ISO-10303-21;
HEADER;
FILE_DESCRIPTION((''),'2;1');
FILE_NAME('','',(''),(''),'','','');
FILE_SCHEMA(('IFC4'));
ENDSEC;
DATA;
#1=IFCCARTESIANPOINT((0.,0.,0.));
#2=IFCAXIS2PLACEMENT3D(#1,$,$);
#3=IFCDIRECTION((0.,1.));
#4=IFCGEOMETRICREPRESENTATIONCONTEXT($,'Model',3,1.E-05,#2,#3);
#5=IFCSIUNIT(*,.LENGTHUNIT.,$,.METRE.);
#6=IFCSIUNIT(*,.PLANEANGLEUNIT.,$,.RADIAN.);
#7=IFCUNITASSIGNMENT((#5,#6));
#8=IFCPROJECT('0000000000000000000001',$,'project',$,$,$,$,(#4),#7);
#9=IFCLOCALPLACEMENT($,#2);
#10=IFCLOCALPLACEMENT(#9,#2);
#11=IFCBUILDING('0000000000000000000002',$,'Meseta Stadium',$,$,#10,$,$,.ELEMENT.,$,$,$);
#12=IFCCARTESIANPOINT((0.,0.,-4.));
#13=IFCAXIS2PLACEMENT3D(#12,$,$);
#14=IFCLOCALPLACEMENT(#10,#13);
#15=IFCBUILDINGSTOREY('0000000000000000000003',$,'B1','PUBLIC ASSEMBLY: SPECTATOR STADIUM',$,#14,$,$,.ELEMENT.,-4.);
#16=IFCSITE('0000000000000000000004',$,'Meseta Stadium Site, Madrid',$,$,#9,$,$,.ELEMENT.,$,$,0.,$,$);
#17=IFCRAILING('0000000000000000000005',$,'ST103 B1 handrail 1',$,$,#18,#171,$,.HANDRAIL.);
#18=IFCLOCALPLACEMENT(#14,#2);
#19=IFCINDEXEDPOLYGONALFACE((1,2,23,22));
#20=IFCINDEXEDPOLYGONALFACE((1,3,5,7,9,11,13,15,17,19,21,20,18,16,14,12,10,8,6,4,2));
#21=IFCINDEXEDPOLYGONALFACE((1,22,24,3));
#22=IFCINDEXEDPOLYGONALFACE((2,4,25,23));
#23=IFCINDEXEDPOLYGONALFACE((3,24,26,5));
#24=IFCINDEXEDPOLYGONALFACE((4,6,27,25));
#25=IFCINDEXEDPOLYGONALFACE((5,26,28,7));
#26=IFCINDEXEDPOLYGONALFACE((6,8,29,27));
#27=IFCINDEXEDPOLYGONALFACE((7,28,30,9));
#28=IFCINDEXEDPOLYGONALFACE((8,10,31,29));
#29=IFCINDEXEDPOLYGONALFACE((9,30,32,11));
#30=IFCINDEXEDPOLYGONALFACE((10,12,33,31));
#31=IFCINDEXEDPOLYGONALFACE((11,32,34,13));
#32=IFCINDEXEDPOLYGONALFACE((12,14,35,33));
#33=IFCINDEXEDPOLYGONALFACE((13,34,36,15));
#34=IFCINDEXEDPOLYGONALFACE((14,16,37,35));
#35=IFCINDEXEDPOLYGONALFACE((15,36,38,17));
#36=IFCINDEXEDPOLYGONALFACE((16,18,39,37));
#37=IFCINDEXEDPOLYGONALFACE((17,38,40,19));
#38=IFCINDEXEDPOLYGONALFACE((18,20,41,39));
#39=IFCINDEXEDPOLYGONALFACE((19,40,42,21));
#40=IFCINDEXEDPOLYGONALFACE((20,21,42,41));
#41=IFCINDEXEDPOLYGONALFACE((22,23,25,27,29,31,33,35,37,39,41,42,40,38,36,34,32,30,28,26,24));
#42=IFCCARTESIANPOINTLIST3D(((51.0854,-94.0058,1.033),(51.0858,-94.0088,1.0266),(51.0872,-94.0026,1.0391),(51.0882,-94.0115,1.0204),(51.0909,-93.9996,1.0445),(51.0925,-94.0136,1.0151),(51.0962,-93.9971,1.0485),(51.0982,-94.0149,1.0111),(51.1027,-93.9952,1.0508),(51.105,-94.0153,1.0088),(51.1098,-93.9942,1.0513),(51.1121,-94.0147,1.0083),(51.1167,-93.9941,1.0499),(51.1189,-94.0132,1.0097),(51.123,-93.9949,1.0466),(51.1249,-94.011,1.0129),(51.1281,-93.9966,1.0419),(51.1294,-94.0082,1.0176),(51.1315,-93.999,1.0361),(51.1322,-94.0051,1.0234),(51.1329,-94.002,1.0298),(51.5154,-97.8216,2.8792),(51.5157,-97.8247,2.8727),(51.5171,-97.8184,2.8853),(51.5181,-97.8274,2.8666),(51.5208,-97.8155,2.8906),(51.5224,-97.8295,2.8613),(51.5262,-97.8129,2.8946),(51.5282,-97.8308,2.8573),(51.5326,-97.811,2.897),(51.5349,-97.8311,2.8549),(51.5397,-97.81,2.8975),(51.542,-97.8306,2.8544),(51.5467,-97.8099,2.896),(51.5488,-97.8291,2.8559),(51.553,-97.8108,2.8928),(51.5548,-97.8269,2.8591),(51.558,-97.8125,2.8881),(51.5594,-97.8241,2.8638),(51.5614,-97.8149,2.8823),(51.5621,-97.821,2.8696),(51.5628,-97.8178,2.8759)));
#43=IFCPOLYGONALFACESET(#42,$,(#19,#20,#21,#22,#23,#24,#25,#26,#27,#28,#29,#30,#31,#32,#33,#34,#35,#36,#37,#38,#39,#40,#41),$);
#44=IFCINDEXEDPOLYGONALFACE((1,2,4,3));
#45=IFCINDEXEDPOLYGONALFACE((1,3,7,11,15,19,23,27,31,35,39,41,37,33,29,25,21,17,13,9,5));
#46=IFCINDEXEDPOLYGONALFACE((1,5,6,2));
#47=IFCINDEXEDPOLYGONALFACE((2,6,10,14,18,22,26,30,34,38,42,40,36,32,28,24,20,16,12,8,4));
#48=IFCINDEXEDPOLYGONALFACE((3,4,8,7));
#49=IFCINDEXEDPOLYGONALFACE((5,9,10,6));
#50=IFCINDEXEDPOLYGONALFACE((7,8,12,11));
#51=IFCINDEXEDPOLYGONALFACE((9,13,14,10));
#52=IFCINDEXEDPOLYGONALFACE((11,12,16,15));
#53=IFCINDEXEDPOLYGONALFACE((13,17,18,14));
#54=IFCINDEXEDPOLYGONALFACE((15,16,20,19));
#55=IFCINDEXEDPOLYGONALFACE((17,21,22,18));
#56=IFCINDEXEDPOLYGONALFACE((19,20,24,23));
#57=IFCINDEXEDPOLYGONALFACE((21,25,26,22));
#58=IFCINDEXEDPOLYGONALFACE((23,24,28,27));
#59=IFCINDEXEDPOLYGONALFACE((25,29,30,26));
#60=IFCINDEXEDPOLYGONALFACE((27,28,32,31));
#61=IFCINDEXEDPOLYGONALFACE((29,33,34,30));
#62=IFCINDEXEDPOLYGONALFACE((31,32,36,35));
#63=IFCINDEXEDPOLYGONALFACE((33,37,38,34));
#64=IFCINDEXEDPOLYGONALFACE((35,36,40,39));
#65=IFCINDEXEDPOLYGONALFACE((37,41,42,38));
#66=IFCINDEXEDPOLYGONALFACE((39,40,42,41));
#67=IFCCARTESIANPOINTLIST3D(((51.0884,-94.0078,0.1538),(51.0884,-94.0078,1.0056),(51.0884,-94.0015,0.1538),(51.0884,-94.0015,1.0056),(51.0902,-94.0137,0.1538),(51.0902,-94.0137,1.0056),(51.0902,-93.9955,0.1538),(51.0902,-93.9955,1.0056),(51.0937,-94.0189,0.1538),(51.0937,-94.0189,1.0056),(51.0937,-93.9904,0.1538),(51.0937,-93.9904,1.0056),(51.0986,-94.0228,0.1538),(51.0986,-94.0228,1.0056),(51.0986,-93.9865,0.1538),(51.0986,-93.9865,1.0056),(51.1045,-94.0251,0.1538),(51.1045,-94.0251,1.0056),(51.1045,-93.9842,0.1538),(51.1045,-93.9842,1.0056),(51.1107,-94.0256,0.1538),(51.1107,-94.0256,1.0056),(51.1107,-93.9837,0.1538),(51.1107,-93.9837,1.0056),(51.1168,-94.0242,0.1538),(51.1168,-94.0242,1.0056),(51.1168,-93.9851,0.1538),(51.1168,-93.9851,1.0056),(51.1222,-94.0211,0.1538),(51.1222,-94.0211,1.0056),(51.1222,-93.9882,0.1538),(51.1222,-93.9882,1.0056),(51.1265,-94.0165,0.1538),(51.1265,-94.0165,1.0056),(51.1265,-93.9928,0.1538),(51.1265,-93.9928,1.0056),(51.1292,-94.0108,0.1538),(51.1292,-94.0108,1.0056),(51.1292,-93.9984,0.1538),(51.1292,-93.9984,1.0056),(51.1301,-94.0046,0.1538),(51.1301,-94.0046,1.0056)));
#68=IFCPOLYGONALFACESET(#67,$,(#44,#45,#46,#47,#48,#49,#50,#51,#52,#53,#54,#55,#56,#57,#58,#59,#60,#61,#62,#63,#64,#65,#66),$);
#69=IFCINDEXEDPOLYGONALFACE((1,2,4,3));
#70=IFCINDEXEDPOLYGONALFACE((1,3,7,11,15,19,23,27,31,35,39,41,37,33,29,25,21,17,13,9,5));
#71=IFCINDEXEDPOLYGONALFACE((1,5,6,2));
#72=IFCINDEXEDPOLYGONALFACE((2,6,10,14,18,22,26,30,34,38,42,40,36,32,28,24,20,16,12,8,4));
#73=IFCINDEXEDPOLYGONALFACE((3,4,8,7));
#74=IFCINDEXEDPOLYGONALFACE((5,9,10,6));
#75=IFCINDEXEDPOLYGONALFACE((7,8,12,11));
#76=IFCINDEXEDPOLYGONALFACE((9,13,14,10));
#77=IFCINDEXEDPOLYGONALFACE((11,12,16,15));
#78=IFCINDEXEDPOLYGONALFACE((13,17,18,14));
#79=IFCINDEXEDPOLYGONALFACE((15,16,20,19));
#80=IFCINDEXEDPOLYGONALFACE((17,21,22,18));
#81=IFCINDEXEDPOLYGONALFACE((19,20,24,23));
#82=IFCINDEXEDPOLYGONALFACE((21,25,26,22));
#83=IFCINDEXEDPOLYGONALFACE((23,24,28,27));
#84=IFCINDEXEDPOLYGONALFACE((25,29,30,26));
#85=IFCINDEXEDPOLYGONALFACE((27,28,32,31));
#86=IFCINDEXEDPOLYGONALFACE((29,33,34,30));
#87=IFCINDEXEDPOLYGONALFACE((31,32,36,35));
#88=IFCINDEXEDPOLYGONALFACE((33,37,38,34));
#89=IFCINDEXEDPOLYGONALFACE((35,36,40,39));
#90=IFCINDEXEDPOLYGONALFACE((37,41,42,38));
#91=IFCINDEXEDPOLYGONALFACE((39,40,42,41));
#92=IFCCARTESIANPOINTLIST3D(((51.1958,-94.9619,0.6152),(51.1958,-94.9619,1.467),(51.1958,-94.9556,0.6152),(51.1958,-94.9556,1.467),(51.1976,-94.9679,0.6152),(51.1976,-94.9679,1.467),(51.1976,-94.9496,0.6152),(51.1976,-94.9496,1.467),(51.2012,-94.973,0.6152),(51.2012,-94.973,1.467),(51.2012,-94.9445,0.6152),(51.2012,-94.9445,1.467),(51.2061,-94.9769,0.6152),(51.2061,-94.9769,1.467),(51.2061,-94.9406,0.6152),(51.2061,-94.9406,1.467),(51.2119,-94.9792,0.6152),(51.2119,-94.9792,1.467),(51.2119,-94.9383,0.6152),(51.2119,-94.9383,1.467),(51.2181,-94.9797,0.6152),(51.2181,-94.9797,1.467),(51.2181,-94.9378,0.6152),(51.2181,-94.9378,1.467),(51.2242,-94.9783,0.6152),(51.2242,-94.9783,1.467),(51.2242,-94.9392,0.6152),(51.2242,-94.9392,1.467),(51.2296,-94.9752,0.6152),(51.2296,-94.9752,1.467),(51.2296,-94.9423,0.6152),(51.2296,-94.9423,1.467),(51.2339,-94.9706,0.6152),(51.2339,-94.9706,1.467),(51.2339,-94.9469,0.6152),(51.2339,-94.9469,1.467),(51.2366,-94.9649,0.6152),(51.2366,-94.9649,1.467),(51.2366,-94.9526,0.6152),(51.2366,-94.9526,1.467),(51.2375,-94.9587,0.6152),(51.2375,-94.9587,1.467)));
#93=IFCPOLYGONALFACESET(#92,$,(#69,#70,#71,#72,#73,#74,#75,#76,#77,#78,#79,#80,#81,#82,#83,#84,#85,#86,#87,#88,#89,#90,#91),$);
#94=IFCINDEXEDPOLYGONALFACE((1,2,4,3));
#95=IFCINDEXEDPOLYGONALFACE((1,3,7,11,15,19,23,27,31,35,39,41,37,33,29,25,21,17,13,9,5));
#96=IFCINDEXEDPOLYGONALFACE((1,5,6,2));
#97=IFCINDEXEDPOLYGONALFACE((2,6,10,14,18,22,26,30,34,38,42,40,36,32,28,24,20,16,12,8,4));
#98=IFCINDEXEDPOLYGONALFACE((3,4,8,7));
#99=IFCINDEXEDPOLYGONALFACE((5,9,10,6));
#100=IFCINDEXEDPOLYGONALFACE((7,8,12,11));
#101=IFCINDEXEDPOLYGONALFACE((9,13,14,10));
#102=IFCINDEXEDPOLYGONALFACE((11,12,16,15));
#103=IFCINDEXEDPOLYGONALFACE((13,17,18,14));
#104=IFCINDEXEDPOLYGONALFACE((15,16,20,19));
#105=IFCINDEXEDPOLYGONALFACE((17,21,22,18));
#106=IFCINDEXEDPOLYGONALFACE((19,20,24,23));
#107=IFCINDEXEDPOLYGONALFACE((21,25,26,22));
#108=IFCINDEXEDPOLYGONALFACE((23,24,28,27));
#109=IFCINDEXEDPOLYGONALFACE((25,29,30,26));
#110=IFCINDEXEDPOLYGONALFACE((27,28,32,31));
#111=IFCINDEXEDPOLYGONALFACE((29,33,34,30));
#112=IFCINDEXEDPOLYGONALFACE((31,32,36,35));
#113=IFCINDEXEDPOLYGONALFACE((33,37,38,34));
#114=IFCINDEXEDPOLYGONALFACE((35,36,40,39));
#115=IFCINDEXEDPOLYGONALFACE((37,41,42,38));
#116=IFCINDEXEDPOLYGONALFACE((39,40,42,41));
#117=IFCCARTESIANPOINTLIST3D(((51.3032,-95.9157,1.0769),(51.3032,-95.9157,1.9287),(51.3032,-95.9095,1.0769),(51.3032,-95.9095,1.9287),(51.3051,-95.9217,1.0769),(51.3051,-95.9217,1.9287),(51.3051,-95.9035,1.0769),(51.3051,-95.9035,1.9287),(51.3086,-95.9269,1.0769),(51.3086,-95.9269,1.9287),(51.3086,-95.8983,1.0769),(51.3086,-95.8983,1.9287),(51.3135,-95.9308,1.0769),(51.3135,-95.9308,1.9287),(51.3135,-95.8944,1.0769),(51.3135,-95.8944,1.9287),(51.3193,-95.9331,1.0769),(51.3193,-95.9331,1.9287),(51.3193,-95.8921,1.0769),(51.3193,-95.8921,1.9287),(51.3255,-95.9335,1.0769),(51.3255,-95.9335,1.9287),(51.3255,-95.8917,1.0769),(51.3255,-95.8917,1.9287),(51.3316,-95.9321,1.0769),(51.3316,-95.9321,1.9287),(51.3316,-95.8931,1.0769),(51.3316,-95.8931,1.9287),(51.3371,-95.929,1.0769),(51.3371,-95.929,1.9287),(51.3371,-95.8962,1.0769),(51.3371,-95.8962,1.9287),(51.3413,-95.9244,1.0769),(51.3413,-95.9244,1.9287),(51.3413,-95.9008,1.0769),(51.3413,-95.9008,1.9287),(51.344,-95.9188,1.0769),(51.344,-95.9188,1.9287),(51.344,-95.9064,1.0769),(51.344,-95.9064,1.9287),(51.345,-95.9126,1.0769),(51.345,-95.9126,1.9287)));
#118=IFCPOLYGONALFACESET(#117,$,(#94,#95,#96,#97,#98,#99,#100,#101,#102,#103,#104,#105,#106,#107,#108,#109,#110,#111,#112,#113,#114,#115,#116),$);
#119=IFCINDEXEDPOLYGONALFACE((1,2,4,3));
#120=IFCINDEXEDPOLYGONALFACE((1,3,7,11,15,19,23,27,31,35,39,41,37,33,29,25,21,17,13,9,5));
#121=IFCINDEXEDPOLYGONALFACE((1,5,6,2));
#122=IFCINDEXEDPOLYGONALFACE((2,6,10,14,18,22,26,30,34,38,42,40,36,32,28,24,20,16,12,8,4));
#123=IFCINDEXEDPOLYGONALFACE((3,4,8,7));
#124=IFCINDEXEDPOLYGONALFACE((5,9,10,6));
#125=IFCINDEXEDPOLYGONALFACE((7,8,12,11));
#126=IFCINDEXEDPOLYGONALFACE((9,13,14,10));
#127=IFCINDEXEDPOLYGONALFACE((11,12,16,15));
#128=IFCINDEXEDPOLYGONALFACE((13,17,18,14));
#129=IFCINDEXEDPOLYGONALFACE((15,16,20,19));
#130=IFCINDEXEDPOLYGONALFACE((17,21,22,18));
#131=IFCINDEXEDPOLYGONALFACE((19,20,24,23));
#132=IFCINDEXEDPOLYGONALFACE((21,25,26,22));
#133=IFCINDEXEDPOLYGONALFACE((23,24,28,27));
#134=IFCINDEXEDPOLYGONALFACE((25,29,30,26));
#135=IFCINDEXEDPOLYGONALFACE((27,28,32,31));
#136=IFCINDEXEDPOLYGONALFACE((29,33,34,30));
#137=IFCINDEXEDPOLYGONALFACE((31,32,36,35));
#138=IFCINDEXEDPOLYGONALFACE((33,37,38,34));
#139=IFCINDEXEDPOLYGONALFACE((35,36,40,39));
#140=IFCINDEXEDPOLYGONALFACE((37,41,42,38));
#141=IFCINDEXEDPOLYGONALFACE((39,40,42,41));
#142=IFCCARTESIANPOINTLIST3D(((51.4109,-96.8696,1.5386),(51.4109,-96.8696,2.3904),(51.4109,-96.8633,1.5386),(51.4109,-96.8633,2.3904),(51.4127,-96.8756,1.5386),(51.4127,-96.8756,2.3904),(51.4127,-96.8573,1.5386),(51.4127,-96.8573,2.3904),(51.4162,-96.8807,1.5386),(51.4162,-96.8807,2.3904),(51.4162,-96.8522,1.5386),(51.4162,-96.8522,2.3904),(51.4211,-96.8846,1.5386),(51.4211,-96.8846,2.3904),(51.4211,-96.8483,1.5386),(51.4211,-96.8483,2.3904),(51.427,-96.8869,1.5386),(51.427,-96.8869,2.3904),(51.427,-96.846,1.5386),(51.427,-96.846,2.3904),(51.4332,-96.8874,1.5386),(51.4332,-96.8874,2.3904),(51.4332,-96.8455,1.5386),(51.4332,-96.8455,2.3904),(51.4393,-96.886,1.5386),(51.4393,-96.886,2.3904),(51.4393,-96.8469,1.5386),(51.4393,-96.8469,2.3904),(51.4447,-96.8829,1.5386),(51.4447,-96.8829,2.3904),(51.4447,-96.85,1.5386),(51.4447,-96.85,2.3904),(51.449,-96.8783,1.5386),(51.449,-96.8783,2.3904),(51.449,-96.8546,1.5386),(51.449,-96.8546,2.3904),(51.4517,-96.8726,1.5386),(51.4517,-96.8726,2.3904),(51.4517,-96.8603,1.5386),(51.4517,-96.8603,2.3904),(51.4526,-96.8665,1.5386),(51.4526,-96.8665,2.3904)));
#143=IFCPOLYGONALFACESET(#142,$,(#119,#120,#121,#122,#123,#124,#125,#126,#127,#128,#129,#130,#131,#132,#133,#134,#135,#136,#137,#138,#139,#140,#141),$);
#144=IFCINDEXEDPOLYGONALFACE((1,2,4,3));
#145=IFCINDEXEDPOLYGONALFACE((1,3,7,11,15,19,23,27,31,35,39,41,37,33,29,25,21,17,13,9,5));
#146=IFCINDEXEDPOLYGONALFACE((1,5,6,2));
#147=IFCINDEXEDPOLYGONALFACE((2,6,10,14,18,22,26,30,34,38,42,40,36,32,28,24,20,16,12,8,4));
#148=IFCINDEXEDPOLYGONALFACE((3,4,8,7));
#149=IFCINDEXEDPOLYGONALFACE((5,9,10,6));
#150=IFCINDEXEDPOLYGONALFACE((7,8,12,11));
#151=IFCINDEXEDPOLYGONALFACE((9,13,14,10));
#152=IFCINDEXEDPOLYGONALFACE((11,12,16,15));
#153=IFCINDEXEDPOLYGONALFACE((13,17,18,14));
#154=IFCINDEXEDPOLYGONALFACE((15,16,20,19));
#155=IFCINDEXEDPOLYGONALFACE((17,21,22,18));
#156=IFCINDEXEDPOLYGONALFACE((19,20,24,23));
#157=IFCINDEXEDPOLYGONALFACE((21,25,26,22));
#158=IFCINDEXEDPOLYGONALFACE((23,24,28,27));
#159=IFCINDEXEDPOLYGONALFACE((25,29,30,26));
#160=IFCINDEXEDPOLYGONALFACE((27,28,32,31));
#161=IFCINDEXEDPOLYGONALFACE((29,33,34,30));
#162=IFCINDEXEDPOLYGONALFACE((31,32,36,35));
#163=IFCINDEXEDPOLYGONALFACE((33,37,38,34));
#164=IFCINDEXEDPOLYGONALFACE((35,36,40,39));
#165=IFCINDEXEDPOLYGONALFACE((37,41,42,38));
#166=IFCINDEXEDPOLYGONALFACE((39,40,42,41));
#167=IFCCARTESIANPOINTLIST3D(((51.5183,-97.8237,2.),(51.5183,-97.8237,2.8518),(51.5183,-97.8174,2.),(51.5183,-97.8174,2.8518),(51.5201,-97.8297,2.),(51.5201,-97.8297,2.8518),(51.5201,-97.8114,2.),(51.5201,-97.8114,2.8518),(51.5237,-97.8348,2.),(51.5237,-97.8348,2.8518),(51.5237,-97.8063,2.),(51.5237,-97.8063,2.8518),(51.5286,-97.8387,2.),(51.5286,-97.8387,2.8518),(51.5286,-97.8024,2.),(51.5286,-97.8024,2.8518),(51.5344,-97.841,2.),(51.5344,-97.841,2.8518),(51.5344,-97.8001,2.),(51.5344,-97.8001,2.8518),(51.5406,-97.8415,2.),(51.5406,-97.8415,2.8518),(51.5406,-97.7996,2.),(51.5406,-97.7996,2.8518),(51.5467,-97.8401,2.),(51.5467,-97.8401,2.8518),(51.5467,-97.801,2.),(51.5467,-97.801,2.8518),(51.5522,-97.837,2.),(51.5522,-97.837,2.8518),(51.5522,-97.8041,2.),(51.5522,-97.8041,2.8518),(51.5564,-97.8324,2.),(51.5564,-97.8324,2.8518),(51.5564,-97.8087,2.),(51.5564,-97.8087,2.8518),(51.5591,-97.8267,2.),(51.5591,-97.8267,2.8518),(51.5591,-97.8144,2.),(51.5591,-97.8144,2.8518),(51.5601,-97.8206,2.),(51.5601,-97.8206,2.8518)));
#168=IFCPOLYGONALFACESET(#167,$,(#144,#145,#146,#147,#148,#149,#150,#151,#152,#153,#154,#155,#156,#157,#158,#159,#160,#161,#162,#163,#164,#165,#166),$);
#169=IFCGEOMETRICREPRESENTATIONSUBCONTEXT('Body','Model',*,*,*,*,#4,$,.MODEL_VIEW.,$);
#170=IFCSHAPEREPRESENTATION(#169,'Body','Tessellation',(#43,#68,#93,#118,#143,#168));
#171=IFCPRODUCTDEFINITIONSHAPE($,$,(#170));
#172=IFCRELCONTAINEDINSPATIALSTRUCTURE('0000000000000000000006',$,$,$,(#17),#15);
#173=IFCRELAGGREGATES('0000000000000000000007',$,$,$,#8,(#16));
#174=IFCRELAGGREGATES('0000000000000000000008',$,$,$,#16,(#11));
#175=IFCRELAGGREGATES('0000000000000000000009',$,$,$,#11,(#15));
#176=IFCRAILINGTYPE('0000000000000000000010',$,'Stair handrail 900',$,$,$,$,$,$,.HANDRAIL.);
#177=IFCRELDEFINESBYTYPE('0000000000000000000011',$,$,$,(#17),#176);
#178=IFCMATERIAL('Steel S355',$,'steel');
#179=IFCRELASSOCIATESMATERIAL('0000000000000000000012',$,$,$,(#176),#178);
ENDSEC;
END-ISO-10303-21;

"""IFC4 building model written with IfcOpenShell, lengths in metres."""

from ifc_helpers import new_model, si_unit, direction, frame, origin, origin_2d, place, context, subcontext, project, spatial, circle, extrude, material, type_object, element, save


model = new_model("IFC4")

# Units and contexts
model_context = context("Model", 3, precision=1e-05, world=origin(), true_north=direction((0.0, 1.0)))
body_context = subcontext(model_context, "Body", "Model", "MODEL_VIEW")
ifc_project = project(units=[si_unit("LENGTHUNIT", "METRE"), si_unit("PLANEANGLEUNIT", "RADIAN")], contexts=[model_context])

# Site, building, storey
site_placement = place(None, origin())
site = spatial("IfcSite", under=ifc_project, at=site_placement, Name="Meseta Stadium Site, Madrid", CompositionType="ELEMENT", RefElevation=0.0)
building_placement = place(site_placement, origin())
building = spatial("IfcBuilding", under=site, at=building_placement, Name="Meseta Stadium", CompositionType="ELEMENT")
storey_placement = place(building_placement, frame((0.0, 0.0, -4.0)))
storey = spatial("IfcBuildingStorey", under=building, at=storey_placement, Name="B1", Description="PUBLIC ASSEMBLY: SPECTATOR STADIUM", CompositionType="ELEMENT", Elevation=-4.0)

# Railing
ifc_material_1 = material(Name="Steel S355", Category="steel")
railing_type_1 = type_object("IfcRailingType", Name="Stair handrail 900", PredefinedType="HANDRAIL", material=ifc_material_1)
railing_1_placement = place(storey_placement, frame((51.1091, -94.0046, 0.1538)))
element("IfcRailing", 1, at=railing_1_placement, inside=storey, type_object=railing_type_1, Name="ST103 B1 handrail 1", PredefinedType="HANDRAIL", context=body_context, shape_type="SweptSolid", body=[
    extrude(circle(Radius=0.0239, at=origin_2d()), frame((0.0, 0.0, 0.876), z_axis=(0.100904, -0.895585, 0.433296), x_axis=(0.993713, 0.11196, 0.0)), (0.0, 0.0, 1.0), 4.2607),
    extrude(circle(Radius=0.021, at=origin_2d()), origin(), (0.0, 0.0, 1.0), 0.8518),
    extrude(circle(Radius=0.021, at=origin_2d()), frame((0.1074, -0.9541, 0.4614)), (0.0, 0.0, 1.0), 0.8518),
    extrude(circle(Radius=0.021, at=origin_2d()), frame((0.2148, -1.908, 0.9231)), (0.0, 0.0, 1.0), 0.8518),
    extrude(circle(Radius=0.021, at=origin_2d()), frame((0.3225, -2.8618, 1.3848)), (0.0, 0.0, 1.0), 0.8518),
    extrude(circle(Radius=0.021, at=origin_2d()), frame((0.4299, -3.8159, 1.8462)), (0.0, 0.0, 1.0), 0.8518),
])

save(model, "model.ifc")
